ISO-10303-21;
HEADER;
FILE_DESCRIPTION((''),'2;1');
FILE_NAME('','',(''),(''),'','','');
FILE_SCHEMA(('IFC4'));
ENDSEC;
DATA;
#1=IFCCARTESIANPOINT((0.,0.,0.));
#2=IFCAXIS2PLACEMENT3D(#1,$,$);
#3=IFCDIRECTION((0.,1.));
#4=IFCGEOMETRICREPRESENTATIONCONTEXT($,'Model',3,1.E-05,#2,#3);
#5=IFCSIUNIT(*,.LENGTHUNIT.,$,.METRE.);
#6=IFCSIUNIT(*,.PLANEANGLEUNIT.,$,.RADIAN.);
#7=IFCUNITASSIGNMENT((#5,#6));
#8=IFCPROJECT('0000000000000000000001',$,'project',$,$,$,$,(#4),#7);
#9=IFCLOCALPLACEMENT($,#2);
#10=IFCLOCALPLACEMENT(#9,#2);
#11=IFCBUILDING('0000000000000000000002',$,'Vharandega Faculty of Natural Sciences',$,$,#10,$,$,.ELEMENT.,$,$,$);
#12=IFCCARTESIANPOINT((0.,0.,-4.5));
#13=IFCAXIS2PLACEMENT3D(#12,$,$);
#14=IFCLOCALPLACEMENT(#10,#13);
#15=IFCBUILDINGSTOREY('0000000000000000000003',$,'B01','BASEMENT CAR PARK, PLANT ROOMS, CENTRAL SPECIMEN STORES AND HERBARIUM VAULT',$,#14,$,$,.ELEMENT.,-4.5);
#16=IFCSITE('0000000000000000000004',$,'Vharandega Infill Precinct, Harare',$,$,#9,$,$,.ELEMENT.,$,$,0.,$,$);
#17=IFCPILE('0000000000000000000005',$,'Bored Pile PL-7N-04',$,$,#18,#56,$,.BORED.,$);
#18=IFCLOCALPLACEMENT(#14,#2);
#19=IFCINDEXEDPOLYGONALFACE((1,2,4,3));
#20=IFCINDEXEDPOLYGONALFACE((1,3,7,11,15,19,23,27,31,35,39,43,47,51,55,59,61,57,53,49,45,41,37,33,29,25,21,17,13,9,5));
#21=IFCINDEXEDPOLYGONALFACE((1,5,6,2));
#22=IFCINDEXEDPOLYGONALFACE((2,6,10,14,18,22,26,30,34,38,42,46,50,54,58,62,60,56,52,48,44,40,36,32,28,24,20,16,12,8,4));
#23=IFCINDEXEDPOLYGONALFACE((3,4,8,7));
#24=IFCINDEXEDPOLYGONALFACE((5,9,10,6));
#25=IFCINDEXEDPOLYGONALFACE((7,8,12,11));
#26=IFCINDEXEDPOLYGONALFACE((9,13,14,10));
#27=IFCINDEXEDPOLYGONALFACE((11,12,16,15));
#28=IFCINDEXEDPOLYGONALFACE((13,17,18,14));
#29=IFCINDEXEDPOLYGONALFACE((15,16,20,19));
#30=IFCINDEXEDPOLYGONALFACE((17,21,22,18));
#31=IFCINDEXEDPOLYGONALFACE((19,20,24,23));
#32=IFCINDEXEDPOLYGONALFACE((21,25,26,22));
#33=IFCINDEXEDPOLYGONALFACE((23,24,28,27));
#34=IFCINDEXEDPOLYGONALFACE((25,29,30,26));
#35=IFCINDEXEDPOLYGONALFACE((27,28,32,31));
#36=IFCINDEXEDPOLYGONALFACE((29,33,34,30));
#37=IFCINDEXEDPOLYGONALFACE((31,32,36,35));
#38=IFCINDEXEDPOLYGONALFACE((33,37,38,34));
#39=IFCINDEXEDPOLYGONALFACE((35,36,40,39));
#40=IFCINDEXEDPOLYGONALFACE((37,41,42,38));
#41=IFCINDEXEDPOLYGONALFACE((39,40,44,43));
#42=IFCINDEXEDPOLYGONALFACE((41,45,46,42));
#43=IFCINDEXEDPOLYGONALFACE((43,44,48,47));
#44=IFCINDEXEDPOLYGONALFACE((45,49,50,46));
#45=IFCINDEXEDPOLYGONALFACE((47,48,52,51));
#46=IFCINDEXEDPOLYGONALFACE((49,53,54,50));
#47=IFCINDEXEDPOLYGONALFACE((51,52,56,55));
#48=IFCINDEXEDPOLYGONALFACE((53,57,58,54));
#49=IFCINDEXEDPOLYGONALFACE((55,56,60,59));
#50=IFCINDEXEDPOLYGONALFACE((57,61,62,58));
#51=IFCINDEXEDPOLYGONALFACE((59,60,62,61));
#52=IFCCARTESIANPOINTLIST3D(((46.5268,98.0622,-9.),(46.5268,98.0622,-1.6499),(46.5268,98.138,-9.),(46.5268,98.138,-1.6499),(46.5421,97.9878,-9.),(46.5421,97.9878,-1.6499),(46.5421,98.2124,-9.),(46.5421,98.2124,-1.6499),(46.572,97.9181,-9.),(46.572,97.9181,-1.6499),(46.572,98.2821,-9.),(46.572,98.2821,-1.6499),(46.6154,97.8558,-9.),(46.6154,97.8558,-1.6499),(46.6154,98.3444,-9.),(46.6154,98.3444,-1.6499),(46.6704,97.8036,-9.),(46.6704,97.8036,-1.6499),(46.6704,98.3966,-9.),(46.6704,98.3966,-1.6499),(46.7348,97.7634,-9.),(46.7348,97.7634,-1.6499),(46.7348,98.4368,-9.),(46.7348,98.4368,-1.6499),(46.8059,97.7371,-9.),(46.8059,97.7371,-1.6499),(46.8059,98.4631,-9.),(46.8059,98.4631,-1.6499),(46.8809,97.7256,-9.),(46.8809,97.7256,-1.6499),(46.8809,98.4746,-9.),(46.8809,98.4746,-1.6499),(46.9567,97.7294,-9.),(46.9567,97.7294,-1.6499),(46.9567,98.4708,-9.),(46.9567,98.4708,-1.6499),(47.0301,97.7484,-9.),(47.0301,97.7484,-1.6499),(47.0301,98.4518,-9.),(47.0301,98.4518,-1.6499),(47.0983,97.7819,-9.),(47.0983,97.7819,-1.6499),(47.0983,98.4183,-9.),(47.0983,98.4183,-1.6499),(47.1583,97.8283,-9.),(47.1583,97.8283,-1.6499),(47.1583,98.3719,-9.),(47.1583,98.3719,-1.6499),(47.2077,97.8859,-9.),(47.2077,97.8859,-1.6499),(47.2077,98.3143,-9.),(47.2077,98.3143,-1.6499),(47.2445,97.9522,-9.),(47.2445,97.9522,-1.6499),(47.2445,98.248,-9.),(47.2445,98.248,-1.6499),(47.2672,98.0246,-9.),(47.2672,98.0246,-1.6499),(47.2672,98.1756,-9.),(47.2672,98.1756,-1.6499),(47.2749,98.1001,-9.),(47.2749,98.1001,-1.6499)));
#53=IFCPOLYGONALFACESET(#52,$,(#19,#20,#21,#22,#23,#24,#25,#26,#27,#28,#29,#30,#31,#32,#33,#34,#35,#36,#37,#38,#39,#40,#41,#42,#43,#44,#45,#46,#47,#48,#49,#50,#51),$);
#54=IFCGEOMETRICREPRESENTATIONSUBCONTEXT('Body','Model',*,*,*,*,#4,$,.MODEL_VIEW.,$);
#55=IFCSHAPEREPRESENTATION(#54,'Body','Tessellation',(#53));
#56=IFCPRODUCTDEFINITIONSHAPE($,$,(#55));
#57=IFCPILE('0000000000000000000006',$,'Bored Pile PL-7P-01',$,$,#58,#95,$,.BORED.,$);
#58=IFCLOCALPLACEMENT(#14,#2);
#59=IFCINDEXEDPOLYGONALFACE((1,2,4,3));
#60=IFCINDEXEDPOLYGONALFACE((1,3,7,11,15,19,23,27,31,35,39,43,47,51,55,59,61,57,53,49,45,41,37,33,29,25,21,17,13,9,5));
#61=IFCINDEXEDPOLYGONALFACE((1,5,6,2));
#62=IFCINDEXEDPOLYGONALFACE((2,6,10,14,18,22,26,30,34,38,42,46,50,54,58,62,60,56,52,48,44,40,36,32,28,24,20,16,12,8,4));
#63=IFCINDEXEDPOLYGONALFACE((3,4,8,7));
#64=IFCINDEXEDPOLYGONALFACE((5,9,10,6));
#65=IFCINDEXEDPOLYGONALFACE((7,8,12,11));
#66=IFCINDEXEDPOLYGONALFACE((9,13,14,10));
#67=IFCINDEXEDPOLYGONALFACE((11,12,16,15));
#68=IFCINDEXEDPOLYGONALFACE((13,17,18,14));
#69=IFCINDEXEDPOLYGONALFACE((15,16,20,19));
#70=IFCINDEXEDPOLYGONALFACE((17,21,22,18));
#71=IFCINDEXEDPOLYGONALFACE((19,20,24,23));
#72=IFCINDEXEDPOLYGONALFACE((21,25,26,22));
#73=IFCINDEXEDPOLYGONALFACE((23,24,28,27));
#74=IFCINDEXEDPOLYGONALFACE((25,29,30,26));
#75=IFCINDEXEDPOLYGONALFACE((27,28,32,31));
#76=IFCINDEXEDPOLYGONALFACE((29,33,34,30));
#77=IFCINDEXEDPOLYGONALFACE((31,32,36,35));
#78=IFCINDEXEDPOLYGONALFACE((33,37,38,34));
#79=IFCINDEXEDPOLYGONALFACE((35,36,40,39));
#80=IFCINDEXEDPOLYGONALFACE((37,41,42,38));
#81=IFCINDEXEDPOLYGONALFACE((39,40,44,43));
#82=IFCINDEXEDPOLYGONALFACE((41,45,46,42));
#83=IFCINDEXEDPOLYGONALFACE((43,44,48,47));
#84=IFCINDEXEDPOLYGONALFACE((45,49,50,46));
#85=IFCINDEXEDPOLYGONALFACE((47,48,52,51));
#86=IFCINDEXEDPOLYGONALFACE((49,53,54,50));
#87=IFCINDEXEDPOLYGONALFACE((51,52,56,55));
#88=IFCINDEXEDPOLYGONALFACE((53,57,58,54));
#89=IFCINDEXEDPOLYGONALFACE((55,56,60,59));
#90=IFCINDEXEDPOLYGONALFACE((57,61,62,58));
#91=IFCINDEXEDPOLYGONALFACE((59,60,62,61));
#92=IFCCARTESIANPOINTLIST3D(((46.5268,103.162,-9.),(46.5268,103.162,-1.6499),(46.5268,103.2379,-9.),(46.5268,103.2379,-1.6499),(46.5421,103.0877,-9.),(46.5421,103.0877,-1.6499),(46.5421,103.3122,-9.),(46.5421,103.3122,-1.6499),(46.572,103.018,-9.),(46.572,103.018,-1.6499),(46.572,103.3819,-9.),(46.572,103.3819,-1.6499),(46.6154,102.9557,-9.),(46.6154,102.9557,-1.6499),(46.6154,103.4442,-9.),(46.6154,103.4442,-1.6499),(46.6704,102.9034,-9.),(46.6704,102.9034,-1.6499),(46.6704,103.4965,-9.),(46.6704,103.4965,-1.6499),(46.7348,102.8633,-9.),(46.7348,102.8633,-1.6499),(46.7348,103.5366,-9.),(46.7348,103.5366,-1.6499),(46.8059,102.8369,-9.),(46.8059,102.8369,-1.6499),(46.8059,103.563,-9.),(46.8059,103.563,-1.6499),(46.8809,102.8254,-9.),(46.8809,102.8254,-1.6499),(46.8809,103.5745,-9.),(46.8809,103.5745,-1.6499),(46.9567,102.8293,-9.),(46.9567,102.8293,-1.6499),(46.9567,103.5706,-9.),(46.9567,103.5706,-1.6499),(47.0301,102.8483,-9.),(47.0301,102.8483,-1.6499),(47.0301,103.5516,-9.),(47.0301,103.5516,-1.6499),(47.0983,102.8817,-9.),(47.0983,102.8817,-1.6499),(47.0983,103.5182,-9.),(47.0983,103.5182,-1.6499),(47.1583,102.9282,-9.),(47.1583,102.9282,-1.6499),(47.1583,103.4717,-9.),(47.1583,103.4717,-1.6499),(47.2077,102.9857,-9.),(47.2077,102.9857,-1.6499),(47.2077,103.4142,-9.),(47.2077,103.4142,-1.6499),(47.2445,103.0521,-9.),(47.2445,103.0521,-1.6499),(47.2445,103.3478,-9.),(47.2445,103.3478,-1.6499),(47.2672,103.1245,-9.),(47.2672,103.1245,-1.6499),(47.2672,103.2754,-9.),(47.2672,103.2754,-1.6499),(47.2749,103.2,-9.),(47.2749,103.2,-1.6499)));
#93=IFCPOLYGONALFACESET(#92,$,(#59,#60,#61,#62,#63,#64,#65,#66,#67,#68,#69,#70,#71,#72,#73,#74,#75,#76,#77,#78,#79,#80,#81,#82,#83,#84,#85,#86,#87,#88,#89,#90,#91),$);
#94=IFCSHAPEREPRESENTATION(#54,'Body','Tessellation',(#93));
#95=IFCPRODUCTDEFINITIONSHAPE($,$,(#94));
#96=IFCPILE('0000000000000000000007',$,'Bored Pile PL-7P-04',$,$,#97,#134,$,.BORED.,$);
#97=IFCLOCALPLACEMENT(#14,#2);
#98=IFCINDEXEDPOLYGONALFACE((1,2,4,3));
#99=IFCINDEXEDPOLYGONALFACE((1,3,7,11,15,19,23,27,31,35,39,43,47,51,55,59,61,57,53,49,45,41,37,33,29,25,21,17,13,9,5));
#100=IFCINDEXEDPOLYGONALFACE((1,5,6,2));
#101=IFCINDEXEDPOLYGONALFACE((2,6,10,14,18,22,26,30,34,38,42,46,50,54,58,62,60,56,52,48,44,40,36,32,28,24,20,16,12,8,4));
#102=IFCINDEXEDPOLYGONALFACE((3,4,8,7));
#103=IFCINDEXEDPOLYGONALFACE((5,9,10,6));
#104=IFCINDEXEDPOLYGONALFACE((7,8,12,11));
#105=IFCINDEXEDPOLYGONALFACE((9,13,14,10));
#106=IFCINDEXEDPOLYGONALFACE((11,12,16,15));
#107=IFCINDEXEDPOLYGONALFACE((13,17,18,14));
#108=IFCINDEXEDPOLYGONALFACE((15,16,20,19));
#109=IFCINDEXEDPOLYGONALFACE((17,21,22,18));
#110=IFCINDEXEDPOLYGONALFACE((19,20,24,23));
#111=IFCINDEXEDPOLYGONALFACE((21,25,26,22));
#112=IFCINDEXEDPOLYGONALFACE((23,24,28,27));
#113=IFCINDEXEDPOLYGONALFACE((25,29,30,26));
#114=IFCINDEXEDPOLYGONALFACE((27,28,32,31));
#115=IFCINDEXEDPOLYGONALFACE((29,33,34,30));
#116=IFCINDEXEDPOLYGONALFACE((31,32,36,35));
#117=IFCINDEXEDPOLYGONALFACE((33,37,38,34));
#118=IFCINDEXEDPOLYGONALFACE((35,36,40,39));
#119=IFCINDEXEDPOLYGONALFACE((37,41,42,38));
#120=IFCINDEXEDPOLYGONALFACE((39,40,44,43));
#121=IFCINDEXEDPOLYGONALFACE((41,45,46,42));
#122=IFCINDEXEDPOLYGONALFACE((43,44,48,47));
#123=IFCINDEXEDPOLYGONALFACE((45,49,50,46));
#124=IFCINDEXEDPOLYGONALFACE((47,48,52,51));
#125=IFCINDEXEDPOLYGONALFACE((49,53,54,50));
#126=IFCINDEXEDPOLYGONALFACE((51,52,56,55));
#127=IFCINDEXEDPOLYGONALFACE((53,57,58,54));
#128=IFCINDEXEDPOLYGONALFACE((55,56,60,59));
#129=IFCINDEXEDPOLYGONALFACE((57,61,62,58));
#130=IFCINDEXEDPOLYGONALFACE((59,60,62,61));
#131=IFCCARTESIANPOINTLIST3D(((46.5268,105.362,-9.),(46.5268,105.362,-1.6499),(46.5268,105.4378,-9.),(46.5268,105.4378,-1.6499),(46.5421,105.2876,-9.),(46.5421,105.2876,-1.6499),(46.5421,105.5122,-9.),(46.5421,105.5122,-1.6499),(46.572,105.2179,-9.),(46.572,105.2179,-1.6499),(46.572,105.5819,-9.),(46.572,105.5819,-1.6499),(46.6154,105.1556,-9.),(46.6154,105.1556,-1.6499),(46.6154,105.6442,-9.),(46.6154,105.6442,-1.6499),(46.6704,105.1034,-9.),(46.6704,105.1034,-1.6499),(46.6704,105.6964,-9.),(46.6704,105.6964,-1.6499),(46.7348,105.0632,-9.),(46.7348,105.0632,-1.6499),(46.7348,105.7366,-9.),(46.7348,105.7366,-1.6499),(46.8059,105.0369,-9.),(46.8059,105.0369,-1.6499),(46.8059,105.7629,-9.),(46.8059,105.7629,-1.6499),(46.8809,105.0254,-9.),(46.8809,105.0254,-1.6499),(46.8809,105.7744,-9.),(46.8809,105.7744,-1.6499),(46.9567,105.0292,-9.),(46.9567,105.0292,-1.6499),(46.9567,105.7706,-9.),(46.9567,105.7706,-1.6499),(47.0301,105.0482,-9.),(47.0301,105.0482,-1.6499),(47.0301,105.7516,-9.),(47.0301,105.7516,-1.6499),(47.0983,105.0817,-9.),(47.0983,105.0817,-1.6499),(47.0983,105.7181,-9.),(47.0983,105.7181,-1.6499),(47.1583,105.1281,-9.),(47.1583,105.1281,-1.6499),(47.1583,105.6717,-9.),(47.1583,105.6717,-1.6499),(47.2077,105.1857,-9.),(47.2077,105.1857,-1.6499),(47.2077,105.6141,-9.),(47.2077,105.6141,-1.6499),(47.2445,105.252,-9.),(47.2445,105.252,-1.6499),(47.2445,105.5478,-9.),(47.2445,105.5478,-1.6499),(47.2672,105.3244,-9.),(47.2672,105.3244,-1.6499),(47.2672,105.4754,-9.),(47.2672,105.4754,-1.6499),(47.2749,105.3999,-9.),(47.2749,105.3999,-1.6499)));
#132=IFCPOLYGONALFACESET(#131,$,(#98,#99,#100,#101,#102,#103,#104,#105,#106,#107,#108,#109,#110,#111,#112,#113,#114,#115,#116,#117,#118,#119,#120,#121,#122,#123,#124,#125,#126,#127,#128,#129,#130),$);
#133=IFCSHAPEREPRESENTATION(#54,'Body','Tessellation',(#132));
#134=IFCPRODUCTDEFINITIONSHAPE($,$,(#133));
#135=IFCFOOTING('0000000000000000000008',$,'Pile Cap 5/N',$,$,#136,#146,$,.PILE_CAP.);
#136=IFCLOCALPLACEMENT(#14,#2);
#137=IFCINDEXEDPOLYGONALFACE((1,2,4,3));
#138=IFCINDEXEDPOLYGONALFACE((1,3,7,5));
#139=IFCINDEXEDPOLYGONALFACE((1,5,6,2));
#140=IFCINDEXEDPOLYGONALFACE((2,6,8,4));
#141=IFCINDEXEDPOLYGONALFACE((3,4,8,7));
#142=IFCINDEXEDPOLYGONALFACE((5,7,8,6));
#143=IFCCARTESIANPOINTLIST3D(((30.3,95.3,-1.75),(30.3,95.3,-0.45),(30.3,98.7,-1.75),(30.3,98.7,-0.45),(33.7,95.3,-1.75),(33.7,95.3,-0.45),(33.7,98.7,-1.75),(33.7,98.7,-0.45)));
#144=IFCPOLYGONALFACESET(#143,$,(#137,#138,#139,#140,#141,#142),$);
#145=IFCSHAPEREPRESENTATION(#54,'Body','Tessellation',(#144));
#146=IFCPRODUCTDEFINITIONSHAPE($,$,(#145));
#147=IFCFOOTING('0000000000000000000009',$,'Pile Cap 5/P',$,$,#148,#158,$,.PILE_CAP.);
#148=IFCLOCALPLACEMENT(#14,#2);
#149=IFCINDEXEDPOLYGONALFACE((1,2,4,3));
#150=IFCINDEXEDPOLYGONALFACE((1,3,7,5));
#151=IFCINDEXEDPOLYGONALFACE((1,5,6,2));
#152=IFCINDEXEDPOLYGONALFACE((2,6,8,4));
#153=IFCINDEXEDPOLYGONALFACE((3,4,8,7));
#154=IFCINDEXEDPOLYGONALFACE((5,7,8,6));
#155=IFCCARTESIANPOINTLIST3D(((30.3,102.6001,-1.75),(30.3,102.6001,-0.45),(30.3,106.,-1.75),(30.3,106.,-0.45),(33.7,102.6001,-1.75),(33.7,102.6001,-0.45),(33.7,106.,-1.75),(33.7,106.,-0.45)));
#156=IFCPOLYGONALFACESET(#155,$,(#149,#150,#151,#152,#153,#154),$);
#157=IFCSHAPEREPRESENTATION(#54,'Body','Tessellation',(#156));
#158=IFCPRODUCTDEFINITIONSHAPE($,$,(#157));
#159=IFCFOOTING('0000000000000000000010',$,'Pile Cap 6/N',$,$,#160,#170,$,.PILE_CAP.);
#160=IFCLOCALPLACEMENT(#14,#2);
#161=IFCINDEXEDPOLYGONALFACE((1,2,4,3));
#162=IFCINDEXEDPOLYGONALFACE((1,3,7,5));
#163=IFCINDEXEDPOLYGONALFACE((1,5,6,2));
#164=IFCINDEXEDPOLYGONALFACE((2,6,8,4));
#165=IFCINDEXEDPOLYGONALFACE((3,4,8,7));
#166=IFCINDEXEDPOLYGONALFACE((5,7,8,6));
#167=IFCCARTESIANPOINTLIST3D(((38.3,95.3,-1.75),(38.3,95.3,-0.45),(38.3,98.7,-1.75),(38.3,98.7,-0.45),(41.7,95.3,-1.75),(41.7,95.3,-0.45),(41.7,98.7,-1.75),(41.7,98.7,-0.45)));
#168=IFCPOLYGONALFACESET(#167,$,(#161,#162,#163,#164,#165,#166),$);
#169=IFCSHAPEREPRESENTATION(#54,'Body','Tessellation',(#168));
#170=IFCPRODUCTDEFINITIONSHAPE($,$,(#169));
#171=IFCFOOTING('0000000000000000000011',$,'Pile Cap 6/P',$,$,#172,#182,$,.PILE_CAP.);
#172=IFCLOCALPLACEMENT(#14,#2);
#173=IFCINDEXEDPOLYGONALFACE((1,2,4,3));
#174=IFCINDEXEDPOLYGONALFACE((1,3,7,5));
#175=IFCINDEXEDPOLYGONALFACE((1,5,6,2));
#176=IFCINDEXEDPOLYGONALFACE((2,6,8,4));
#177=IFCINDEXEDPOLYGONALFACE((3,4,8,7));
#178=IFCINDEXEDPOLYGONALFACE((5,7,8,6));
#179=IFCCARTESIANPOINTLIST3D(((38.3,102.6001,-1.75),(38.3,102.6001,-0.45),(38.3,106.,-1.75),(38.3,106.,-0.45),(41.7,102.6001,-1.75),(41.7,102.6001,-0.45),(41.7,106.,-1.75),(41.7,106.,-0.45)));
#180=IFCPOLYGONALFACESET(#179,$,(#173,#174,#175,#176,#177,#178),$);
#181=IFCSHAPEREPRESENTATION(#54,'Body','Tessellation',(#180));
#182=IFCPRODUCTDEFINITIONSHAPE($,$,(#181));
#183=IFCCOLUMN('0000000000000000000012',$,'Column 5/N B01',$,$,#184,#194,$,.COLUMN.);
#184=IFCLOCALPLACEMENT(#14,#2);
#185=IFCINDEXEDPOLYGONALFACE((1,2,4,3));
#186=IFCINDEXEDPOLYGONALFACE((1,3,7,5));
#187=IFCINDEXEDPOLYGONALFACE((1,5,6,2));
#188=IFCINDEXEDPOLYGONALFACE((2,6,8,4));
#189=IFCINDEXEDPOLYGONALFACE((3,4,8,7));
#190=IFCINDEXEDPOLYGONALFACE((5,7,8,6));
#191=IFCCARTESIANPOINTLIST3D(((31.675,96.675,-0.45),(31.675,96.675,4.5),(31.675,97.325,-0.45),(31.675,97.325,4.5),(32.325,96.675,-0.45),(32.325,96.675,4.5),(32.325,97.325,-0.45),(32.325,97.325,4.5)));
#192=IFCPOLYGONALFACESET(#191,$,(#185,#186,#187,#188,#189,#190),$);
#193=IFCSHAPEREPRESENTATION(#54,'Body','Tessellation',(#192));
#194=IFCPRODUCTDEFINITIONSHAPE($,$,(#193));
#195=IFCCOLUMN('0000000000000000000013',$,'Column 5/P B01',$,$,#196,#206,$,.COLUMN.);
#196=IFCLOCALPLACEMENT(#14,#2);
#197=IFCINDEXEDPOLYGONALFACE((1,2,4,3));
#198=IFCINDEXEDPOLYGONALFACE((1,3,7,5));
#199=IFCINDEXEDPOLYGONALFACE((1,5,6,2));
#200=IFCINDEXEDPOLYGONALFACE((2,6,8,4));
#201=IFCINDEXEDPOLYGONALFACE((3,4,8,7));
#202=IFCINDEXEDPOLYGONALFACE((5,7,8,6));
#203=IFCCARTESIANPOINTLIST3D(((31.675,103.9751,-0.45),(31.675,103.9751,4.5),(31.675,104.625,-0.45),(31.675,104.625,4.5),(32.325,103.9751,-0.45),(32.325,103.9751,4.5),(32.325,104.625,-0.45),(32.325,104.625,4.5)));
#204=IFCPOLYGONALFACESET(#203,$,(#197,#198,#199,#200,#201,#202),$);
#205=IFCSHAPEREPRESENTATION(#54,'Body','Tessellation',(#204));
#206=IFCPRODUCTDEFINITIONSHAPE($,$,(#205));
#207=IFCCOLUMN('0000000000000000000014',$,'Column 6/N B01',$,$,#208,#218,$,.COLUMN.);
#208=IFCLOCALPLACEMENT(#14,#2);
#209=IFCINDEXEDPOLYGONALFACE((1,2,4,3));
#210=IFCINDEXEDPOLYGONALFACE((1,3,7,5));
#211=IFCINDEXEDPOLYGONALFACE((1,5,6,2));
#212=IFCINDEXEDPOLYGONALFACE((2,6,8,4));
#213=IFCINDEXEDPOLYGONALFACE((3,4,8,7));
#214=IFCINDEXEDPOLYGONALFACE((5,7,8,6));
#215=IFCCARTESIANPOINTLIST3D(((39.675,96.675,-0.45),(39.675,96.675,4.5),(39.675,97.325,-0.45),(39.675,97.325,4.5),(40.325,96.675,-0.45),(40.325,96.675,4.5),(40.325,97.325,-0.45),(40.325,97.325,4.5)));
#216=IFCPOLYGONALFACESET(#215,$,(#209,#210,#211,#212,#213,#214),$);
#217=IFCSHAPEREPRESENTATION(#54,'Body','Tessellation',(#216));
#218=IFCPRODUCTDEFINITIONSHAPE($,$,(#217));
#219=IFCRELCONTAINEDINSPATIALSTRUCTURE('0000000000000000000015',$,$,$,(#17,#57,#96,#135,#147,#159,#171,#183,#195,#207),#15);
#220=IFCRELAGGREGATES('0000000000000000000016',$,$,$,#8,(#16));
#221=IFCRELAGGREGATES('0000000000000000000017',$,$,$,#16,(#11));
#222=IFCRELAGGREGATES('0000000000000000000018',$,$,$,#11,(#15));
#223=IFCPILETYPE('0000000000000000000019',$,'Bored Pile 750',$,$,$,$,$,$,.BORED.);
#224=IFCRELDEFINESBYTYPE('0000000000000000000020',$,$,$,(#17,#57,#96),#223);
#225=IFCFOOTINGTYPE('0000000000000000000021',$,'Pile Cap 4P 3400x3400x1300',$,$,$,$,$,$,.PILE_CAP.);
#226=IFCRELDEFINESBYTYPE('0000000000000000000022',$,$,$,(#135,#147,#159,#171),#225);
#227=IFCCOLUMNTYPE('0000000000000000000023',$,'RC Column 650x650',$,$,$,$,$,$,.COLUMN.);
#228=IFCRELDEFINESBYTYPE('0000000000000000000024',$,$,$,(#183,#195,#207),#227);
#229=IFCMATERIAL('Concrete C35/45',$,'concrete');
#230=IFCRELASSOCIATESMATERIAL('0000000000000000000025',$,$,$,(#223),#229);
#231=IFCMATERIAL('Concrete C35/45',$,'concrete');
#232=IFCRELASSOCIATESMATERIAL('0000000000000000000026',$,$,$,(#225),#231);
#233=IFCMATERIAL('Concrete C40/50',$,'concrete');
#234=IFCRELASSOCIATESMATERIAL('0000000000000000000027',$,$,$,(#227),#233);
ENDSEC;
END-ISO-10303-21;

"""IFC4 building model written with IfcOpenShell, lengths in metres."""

from ifc_helpers import new_model, si_unit, direction, frame, origin, origin_2d, place, context, subcontext, project, spatial, rectangle, circle, extrude, material, material_profile, profile_set, type_object, element, save


model = new_model("IFC4")

# Units and contexts
model_context = context("Model", 3, precision=1e-05, world=origin(), true_north=direction((0.0, 1.0)))
body_context = subcontext(model_context, "Body", "Model", "MODEL_VIEW")
ifc_project = project(units=[si_unit("LENGTHUNIT", "METRE"), si_unit("PLANEANGLEUNIT", "RADIAN")], contexts=[model_context])

# Site, building, storey
site_placement = place(None, origin())
site = spatial("IfcSite", under=ifc_project, at=site_placement, Name="Vharandega Infill Precinct, Harare", CompositionType="ELEMENT", RefElevation=0.0)
building_placement = place(site_placement, origin())
building = spatial("IfcBuilding", under=site, at=building_placement, Name="Vharandega Faculty of Natural Sciences", CompositionType="ELEMENT")
storey_placement = place(building_placement, frame((0.0, 0.0, -4.5)))
storey = spatial("IfcBuildingStorey", under=building, at=storey_placement, Name="B01", Description="BASEMENT CAR PARK, PLANT ROOMS, CENTRAL SPECIMEN STORES AND HERBARIUM VAULT", CompositionType="ELEMENT", Elevation=-4.5)

# Piles
ifc_material_1 = material(Name="Concrete C35/45", Category="concrete")
ifc_material_profile_1 = material_profile(ifc_material_1, circle(Radius=0.375, at=origin_2d()), Name="PILE 750")
ifc_profile_set_1 = profile_set([ifc_material_profile_1], Name="Concrete C35/45")
pile_type = type_object("IfcPileType", Name="Bored Pile 750", PredefinedType="BORED", material=ifc_profile_set_1)
for number, where, z_axis, x_axis, name in (
    (1, (46.8999, 98.1001, -1.6499), (0.0, 0.0, -1.0), (1.0, 0.0, 0.0), "Bored Pile PL-7N-04"),
    (2, (46.8999, 103.2, -1.6499), (0.0, 0.0, -1.0), (1.0, 0.0, 0.0), "Bored Pile PL-7P-01"),
    (3, (46.8999, 105.3999, -1.6499), (0.0, 0.0, -1.0), (1.0, 0.0, 0.0), "Bored Pile PL-7P-04"),
):
    element("IfcPile", number, at=place(storey_placement, frame(where, z_axis=z_axis, x_axis=x_axis)), inside=storey, type_object=pile_type, Name=name, PredefinedType="BORED", context=body_context, shape_type="SweptSolid", body=[
        extrude(circle(Radius=0.375, at=origin_2d()), origin(), (0.0, 0.0, 1.0), 7.3501),
    ])

# Footings
ifc_material_2 = material(Name="Concrete C35/45", Category="concrete")
footing_type = type_object("IfcFootingType", Name="Pile Cap 4P 3400x3400x1300", PredefinedType="PILE_CAP", material=ifc_material_2)
for number, where, z_axis, x_axis, name in (
    (4, (32.0, 97.0, -1.75), (0.0, 0.0, 1.0), (1.0, 0.0, 0.0), "Pile Cap 5/N"),
    (5, (32.0, 104.3, -1.75), (0.0, 0.0, 1.0), (1.0, 0.0, 0.0), "Pile Cap 5/P"),
    (6, (40.0, 97.0, -1.75), (0.0, 0.0, 1.0), (1.0, 0.0, 0.0), "Pile Cap 6/N"),
    (7, (40.0, 104.3, -1.75), (0.0, 0.0, 1.0), (1.0, 0.0, 0.0), "Pile Cap 6/P"),
):
    element("IfcFooting", number, at=place(storey_placement, frame(where, z_axis=z_axis, x_axis=x_axis)), inside=storey, type_object=footing_type, Name=name, PredefinedType="PILE_CAP", context=body_context, shape_type="SweptSolid", body=[
        extrude(rectangle(XDim=3.3999, YDim=3.3999, at=origin_2d()), origin(), (0.0, 0.0, 1.0), 1.3),
    ])

# Columns
ifc_material_3 = material(Name="Concrete C40/50", Category="concrete")
ifc_material_profile_2 = material_profile(ifc_material_3, rectangle(XDim=0.6499, YDim=0.6499, at=origin_2d()), Name="RC 650x650")
ifc_profile_set_2 = profile_set([ifc_material_profile_2], Name="Concrete C40/50")
column_type = type_object("IfcColumnType", Name="RC Column 650x650", PredefinedType="COLUMN", material=ifc_profile_set_2)
for number, where, z_axis, x_axis, name in (
    (8, (32.0, 97.0, -0.45), (0.0, 0.0, 1.0), (1.0, 0.0, 0.0), "Column 5/N B01"),
    (9, (32.0, 104.3, -0.45), (0.0, 0.0, 1.0), (1.0, 0.0, 0.0), "Column 5/P B01"),
    (10, (40.0, 97.0, -0.45), (0.0, 0.0, 1.0), (1.0, 0.0, 0.0), "Column 6/N B01"),
):
    element("IfcColumn", number, at=place(storey_placement, frame(where, z_axis=z_axis, x_axis=x_axis)), inside=storey, type_object=column_type, Name=name, PredefinedType="COLUMN", context=body_context, shape_type="SweptSolid", body=[
        extrude(rectangle(XDim=0.6499, YDim=0.6499, at=origin_2d()), origin(), (0.0, 0.0, 1.0), 4.95),
    ])

save(model, "model.ifc")
